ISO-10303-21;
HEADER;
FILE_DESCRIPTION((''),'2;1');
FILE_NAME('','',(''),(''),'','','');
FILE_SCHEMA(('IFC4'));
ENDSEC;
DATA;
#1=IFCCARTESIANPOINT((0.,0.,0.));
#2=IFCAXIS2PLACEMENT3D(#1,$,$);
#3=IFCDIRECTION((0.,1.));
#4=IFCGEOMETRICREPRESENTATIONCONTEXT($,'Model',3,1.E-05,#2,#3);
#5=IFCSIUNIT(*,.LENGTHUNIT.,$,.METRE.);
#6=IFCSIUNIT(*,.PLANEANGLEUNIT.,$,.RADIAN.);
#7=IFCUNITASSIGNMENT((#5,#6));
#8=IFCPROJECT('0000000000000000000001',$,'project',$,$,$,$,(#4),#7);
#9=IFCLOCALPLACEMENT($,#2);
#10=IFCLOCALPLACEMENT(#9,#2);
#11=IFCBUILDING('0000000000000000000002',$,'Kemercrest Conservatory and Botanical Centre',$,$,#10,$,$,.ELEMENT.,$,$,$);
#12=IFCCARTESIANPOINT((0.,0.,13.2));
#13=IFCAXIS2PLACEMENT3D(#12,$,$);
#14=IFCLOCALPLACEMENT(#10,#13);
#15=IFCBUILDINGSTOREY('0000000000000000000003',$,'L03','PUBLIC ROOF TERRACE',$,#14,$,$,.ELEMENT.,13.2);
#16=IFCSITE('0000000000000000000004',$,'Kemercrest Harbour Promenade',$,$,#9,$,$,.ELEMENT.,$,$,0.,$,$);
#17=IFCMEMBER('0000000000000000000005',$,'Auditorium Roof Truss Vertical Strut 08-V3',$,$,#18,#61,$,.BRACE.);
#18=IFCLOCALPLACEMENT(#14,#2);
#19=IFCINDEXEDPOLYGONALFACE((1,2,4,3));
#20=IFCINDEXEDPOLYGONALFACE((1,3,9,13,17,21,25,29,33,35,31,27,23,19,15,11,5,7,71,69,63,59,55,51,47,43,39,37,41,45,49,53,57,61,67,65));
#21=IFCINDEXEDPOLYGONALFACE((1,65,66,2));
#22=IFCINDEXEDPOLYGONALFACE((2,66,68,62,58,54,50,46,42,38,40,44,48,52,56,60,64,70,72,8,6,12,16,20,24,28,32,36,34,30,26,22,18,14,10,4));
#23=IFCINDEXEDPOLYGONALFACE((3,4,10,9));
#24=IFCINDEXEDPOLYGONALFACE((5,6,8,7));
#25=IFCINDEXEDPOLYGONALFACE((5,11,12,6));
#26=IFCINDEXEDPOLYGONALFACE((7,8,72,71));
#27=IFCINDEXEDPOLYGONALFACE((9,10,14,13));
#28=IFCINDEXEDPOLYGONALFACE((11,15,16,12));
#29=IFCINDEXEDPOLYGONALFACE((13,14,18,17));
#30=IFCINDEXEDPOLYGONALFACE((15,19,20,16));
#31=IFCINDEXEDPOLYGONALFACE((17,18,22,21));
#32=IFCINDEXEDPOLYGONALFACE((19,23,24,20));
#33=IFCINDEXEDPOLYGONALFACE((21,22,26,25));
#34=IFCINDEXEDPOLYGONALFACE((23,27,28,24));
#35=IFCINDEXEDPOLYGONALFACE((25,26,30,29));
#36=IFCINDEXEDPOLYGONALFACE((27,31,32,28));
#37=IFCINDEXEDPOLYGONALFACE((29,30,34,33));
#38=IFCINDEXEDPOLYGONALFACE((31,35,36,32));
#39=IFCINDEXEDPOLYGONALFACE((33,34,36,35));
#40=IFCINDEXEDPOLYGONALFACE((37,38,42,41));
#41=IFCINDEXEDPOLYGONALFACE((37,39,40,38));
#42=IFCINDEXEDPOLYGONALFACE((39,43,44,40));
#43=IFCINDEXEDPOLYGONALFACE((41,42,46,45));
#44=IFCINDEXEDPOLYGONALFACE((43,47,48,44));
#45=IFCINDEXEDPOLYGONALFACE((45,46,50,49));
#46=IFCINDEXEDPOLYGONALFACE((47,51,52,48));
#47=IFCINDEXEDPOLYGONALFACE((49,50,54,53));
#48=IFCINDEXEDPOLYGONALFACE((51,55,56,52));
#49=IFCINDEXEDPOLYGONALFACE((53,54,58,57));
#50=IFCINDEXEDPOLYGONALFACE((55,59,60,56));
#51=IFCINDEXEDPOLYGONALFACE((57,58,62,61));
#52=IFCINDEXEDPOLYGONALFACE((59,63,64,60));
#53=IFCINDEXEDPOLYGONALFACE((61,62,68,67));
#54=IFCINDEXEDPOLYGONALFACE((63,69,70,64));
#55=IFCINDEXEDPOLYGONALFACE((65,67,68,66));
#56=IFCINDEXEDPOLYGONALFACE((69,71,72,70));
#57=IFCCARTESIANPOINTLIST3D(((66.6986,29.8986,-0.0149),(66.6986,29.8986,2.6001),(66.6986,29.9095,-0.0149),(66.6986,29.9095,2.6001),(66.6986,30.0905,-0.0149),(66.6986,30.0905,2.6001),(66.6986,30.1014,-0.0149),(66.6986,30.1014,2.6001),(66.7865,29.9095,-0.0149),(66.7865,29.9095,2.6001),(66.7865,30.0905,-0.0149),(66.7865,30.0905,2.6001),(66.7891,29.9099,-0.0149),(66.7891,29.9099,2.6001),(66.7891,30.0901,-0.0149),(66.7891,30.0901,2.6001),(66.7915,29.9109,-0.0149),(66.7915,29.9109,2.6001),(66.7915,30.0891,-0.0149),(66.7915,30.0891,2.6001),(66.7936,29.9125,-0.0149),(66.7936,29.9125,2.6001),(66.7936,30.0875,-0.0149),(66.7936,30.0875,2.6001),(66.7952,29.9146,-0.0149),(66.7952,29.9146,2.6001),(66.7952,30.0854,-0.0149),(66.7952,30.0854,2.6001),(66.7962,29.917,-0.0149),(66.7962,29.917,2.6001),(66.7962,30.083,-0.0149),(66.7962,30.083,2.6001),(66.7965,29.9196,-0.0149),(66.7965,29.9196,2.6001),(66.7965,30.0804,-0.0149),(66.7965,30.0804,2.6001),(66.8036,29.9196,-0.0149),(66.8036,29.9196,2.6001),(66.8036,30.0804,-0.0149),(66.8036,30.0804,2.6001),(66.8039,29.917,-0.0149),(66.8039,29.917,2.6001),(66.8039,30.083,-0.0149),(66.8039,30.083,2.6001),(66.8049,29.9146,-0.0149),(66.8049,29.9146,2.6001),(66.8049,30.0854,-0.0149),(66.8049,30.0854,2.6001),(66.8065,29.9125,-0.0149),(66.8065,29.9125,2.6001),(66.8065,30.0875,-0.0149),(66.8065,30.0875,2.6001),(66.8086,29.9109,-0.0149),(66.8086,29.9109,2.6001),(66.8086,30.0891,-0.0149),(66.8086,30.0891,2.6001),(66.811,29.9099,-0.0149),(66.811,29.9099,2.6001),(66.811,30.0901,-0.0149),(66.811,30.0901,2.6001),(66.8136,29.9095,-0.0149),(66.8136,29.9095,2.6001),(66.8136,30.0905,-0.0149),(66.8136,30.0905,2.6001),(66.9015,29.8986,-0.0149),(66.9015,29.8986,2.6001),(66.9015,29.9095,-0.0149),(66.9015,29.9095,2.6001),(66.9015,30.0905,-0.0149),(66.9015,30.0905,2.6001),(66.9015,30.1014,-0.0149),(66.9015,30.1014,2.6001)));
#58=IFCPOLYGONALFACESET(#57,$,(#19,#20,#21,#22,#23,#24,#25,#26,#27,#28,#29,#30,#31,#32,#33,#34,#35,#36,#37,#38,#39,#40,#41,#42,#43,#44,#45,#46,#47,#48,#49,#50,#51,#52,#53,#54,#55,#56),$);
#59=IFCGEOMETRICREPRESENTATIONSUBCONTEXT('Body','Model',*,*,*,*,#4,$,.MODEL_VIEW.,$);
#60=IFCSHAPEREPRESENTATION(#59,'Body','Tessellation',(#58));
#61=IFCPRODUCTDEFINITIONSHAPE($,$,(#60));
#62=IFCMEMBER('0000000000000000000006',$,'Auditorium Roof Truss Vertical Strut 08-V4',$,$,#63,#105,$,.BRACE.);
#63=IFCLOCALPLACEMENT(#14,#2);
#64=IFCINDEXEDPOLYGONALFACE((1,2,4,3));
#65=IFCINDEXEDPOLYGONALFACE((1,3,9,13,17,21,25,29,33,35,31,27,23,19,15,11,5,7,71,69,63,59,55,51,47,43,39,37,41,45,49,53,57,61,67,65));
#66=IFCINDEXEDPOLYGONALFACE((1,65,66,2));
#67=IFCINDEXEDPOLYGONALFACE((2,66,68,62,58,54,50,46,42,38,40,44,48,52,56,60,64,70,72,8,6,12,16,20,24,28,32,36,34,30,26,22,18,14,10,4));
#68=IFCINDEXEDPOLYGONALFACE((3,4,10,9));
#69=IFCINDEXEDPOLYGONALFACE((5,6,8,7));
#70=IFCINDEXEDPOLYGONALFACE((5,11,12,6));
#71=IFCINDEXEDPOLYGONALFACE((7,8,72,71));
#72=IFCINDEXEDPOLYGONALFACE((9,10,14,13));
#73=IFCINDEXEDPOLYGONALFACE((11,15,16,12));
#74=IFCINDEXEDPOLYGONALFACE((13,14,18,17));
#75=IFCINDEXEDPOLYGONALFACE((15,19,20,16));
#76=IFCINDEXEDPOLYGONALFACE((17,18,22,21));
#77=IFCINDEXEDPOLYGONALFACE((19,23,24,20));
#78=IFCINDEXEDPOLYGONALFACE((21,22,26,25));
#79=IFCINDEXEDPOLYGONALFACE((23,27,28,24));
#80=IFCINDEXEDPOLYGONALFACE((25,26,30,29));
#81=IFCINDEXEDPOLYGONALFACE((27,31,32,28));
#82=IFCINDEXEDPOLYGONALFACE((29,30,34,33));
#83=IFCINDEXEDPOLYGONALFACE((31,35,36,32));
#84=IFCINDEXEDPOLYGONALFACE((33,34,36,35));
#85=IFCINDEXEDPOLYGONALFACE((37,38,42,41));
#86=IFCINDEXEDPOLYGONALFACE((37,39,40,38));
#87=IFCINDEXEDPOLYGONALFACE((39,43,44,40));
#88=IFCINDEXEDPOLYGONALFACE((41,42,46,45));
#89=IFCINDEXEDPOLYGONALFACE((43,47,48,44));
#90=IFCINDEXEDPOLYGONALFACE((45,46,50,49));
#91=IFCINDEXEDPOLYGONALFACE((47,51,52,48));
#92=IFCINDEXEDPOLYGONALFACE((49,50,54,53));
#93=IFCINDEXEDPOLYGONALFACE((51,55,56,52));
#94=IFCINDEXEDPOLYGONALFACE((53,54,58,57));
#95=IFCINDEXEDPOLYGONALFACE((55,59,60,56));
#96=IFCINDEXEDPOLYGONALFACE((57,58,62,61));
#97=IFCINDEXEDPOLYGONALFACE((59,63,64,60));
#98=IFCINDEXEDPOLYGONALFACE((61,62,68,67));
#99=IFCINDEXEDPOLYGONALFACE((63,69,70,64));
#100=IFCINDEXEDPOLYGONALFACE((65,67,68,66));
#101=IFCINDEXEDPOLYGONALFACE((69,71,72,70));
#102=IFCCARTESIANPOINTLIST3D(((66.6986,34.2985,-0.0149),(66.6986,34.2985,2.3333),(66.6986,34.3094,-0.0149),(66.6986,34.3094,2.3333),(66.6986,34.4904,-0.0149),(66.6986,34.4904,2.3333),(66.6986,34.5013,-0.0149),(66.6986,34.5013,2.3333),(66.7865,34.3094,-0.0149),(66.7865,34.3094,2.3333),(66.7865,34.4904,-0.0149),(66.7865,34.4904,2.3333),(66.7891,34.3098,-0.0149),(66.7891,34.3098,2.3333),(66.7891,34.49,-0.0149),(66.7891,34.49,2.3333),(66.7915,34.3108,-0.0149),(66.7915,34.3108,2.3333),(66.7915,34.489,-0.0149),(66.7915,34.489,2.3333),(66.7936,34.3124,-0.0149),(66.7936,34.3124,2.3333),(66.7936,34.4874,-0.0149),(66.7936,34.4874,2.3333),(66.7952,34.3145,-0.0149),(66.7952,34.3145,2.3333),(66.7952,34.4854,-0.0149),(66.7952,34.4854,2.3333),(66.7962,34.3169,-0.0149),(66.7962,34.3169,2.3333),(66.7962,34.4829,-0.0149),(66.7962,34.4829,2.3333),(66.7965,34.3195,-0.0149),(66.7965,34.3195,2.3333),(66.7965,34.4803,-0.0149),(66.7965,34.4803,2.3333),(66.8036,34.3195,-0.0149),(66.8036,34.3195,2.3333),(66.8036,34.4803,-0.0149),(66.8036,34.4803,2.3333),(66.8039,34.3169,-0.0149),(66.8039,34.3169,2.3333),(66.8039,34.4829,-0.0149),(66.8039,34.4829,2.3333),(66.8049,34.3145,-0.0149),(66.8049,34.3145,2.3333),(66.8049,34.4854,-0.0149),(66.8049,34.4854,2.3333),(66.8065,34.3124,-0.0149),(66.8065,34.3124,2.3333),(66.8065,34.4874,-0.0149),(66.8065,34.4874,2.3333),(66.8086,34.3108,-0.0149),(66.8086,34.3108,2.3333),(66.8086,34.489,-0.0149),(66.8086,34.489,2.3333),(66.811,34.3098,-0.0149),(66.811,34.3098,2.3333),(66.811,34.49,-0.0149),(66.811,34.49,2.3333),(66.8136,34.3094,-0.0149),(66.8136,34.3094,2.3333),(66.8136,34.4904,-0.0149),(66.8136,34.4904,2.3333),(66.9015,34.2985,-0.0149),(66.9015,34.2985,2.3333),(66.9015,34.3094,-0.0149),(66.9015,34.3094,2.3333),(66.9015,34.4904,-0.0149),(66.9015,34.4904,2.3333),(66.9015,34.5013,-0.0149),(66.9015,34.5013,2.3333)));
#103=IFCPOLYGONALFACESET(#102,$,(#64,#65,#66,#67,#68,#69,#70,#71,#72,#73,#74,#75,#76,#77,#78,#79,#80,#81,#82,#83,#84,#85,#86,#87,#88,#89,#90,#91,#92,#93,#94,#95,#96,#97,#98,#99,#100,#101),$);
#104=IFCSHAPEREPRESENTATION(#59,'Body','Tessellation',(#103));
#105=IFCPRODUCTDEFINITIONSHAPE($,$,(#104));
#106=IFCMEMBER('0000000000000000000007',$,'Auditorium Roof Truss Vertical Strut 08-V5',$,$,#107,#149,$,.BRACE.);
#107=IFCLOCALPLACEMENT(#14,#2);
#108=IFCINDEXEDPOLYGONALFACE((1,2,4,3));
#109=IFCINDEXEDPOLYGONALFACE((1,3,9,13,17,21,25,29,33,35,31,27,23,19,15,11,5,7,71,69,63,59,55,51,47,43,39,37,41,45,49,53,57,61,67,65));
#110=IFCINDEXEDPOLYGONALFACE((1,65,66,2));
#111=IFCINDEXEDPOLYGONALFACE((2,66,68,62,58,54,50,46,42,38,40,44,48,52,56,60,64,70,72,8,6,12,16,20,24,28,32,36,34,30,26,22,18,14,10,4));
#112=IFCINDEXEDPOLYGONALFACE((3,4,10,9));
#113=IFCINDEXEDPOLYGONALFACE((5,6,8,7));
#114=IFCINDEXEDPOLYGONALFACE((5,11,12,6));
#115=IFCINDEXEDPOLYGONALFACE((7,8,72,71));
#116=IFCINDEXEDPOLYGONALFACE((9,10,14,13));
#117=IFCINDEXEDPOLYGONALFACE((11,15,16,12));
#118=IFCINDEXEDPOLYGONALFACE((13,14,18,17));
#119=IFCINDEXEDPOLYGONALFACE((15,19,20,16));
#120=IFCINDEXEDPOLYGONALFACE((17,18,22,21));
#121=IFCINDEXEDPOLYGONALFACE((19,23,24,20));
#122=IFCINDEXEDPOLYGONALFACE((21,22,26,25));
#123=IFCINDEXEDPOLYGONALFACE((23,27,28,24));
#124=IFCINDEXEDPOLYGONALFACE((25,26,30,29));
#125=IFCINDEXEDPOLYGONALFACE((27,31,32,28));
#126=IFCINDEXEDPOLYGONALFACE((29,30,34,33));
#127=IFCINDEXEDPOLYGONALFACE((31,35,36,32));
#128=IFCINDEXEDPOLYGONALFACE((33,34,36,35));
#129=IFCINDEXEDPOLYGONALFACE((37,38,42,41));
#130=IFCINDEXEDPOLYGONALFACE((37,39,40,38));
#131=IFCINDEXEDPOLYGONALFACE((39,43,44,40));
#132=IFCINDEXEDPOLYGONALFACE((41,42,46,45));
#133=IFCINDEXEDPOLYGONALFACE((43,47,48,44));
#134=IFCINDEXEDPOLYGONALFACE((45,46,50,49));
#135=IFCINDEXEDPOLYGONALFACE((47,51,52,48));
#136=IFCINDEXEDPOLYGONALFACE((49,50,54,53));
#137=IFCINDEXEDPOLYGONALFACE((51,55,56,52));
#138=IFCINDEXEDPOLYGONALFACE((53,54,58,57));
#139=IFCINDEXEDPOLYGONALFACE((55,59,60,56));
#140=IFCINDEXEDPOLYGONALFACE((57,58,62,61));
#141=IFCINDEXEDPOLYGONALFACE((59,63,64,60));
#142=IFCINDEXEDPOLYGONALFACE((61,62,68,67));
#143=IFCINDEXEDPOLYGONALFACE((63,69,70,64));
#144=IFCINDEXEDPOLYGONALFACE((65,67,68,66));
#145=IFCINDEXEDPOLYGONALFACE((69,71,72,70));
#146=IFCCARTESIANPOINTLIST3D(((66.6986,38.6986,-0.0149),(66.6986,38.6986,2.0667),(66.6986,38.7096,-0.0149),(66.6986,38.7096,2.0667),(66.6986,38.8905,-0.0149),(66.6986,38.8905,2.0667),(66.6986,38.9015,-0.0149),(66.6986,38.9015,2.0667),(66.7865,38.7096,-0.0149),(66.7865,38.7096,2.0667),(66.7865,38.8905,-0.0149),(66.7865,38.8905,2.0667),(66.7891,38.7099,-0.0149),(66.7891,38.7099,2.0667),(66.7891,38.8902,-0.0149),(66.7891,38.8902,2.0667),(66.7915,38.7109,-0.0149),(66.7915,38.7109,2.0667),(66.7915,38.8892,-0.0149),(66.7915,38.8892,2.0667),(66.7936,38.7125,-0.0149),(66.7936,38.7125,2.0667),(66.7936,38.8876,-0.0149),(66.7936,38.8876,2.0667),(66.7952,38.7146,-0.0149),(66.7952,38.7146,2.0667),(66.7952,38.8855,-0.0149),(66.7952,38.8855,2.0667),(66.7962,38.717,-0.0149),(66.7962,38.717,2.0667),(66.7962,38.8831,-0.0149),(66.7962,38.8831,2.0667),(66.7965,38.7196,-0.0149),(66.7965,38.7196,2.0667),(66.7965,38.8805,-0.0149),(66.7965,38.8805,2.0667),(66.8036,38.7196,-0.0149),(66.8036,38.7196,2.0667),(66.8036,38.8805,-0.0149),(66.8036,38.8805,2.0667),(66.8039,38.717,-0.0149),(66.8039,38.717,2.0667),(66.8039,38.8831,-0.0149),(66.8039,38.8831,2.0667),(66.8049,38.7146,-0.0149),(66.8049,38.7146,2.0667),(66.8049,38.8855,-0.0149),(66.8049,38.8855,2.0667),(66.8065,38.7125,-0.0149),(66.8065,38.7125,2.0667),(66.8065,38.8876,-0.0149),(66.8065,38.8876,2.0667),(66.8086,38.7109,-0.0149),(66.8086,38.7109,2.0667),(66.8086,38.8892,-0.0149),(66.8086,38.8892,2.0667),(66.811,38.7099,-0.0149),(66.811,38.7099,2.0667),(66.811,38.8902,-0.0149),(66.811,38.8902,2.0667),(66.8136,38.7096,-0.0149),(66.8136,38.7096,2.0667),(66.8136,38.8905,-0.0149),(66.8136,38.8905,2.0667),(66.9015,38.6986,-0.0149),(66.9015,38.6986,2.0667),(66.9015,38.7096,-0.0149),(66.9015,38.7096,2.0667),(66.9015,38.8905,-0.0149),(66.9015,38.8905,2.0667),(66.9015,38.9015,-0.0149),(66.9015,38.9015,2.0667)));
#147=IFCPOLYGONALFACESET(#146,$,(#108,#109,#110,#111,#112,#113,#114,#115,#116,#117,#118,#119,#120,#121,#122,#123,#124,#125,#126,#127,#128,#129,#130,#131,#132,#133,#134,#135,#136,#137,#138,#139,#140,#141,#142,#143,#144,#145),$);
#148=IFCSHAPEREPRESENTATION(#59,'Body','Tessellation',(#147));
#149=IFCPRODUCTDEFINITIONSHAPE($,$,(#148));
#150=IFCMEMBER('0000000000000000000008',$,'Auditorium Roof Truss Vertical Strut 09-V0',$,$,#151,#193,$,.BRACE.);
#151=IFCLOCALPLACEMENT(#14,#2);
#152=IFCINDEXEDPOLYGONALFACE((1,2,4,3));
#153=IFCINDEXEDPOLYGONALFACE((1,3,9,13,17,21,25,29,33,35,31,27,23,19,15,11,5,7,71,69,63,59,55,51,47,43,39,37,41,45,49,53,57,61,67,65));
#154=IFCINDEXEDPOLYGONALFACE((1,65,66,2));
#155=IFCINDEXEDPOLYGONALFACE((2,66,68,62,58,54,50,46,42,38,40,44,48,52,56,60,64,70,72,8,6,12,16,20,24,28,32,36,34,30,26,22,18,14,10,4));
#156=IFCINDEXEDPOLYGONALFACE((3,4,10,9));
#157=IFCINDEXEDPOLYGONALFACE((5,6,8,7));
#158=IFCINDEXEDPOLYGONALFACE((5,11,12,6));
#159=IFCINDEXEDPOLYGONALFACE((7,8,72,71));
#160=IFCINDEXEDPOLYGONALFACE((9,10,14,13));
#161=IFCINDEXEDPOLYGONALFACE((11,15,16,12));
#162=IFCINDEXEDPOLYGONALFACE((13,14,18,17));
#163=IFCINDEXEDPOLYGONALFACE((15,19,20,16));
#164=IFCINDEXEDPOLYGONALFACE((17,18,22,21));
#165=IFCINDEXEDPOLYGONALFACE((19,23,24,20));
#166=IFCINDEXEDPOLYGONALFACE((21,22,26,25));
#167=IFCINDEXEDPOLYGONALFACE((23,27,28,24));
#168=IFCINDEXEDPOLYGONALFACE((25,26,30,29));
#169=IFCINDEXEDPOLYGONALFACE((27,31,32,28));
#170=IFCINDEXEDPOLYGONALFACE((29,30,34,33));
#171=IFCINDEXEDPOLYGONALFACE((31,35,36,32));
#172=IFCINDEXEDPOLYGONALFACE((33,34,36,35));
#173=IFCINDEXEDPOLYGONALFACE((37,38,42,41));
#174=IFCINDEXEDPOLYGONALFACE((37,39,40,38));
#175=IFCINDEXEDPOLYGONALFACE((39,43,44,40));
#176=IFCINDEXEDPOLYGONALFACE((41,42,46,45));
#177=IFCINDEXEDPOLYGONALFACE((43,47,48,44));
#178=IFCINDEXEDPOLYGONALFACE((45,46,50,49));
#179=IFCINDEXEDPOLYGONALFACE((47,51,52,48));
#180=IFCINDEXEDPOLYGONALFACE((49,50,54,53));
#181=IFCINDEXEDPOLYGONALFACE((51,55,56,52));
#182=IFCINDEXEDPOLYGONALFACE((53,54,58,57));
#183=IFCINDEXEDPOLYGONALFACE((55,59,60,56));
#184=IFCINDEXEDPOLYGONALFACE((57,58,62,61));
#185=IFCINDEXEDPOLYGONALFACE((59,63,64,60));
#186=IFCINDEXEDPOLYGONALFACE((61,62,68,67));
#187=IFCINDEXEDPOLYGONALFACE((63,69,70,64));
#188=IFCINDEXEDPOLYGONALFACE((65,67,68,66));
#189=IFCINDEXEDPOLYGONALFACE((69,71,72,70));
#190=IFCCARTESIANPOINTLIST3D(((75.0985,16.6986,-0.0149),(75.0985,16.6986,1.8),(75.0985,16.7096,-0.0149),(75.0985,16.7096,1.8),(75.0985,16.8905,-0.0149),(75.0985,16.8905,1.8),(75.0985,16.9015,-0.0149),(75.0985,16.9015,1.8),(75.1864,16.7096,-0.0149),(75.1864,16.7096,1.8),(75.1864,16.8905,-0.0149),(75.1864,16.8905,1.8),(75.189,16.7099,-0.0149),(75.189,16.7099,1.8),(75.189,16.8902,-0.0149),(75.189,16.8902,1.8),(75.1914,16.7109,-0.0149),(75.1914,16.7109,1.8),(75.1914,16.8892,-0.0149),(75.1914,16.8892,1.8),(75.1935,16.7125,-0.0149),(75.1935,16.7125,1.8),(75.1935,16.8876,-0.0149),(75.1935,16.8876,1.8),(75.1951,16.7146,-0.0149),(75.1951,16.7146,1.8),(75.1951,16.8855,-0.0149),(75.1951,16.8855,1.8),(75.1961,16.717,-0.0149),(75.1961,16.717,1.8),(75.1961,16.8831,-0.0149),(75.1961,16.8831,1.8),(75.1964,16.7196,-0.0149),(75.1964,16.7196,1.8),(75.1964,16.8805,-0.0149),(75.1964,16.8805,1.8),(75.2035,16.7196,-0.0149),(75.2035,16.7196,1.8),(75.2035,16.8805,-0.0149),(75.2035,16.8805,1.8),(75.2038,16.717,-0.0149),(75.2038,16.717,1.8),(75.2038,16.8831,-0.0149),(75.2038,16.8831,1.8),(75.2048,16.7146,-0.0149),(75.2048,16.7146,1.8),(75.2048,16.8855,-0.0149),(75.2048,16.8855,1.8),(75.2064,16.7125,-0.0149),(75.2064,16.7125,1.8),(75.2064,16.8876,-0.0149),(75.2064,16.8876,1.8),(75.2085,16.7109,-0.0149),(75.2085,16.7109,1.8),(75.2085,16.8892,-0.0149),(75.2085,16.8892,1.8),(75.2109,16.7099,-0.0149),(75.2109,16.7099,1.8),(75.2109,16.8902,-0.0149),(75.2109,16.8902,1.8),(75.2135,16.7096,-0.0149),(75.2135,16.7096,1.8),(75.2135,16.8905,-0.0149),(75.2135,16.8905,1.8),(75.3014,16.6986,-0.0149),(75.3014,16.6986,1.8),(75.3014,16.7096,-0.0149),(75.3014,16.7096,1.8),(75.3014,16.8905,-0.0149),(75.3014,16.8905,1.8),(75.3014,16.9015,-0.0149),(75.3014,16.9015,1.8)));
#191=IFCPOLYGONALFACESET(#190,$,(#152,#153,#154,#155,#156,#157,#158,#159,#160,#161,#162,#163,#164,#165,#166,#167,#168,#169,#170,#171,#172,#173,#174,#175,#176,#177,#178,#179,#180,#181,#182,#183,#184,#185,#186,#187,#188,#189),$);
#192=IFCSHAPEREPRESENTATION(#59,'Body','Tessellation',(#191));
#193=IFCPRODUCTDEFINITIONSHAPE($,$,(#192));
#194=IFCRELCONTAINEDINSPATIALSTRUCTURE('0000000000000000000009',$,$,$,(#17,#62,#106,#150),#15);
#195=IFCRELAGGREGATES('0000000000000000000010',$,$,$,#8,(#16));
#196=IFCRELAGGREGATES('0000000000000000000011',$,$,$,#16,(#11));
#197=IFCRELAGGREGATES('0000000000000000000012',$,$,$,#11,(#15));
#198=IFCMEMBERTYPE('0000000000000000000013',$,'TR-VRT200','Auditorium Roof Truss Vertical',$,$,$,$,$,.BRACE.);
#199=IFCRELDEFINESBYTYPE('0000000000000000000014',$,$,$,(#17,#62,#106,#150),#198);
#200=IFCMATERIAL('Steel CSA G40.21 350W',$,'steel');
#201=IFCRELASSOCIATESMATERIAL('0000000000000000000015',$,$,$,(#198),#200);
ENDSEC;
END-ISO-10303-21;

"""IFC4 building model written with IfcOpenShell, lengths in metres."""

from ifc_helpers import new_model, si_unit, direction, frame, origin, origin_2d, place, context, subcontext, project, spatial, i_section, extrude, material, material_profile, profile_set, type_object, element, save


model = new_model("IFC4")

# Units and contexts
model_context = context("Model", 3, precision=1e-05, world=origin(), true_north=direction((0.0, 1.0)))
body_context = subcontext(model_context, "Body", "Model", "MODEL_VIEW")
ifc_project = project(units=[si_unit("LENGTHUNIT", "METRE"), si_unit("PLANEANGLEUNIT", "RADIAN")], contexts=[model_context])

# Site, building, storey
site_placement = place(None, origin())
site = spatial("IfcSite", under=ifc_project, at=site_placement, Name="Kemercrest Harbour Promenade", CompositionType="ELEMENT", RefElevation=0.0)
building_placement = place(site_placement, origin())
building = spatial("IfcBuilding", under=site, at=building_placement, Name="Kemercrest Conservatory and Botanical Centre", CompositionType="ELEMENT")
storey_placement = place(building_placement, frame((0.0, 0.0, 13.2)))
storey = spatial("IfcBuildingStorey", under=building, at=storey_placement, Name="L03", Description="PUBLIC ROOF TERRACE", CompositionType="ELEMENT", Elevation=13.2)

# Members
ifc_material = material(Name="Steel CSA G40.21 350W", Category="steel")
ifc_material_profile_1 = material_profile(ifc_material, i_section(OverallWidth=0.2029, OverallDepth=0.2029, WebThickness=0.0071, FlangeThickness=0.011, FilletRadius=0.01, at=origin_2d()), Name="W200X46")
ifc_profile_set_1 = profile_set([ifc_material_profile_1], Name="Steel CSA G40.21 350W")
member_type_1 = type_object("IfcMemberType", Name="TR-VRT200", Description="Auditorium Roof Truss Vertical", PredefinedType="BRACE", material=ifc_profile_set_1)
member_1_placement = place(storey_placement, frame((66.8, 30.0, -0.0149), z_axis=(0.0, 0.0, 1.0), x_axis=(1.0, 0.0, 0.0)))
element("IfcMember", 1, at=member_1_placement, inside=storey, type_object=member_type_1, Name="Auditorium Roof Truss Vertical Strut 08-V3", PredefinedType="BRACE", context=body_context, shape_type="SweptSolid", body=[
    extrude(i_section(OverallWidth=0.2029, OverallDepth=0.2029, WebThickness=0.0071, FlangeThickness=0.011, FilletRadius=0.01, at=origin_2d()), origin(), (0.0, 0.0, 1.0), 2.615),
])
member_2_placement = place(storey_placement, frame((66.8, 34.3999, -0.0149), z_axis=(0.0, 0.0, 1.0), x_axis=(1.0, 0.0, 0.0)))
element("IfcMember", 2, at=member_2_placement, inside=storey, type_object=member_type_1, Name="Auditorium Roof Truss Vertical Strut 08-V4", PredefinedType="BRACE", context=body_context, shape_type="SweptSolid", body=[
    extrude(i_section(OverallWidth=0.2029, OverallDepth=0.2029, WebThickness=0.0071, FlangeThickness=0.011, FilletRadius=0.01, at=origin_2d()), origin(), (0.0, 0.0, 1.0), 2.3481),
])
member_3_placement = place(storey_placement, frame((66.8, 38.8, -0.0149), z_axis=(0.0, 0.0, 1.0), x_axis=(1.0, 0.0, 0.0)))
element("IfcMember", 3, at=member_3_placement, inside=storey, type_object=member_type_1, Name="Auditorium Roof Truss Vertical Strut 08-V5", PredefinedType="BRACE", context=body_context, shape_type="SweptSolid", body=[
    extrude(i_section(OverallWidth=0.2029, OverallDepth=0.2029, WebThickness=0.0071, FlangeThickness=0.011, FilletRadius=0.01, at=origin_2d()), origin(), (0.0, 0.0, 1.0), 2.0815),
])
member_4_placement = place(storey_placement, frame((75.2, 16.8, -0.0149), z_axis=(0.0, 0.0, 1.0), x_axis=(1.0, 0.0, 0.0)))
element("IfcMember", 4, at=member_4_placement, inside=storey, type_object=member_type_1, Name="Auditorium Roof Truss Vertical Strut 09-V0", PredefinedType="BRACE", context=body_context, shape_type="SweptSolid", body=[
    extrude(i_section(OverallWidth=0.2029, OverallDepth=0.2029, WebThickness=0.0071, FlangeThickness=0.011, FilletRadius=0.01, at=origin_2d()), origin(), (0.0, 0.0, 1.0), 1.8149),
])

save(model, "model.ifc")
